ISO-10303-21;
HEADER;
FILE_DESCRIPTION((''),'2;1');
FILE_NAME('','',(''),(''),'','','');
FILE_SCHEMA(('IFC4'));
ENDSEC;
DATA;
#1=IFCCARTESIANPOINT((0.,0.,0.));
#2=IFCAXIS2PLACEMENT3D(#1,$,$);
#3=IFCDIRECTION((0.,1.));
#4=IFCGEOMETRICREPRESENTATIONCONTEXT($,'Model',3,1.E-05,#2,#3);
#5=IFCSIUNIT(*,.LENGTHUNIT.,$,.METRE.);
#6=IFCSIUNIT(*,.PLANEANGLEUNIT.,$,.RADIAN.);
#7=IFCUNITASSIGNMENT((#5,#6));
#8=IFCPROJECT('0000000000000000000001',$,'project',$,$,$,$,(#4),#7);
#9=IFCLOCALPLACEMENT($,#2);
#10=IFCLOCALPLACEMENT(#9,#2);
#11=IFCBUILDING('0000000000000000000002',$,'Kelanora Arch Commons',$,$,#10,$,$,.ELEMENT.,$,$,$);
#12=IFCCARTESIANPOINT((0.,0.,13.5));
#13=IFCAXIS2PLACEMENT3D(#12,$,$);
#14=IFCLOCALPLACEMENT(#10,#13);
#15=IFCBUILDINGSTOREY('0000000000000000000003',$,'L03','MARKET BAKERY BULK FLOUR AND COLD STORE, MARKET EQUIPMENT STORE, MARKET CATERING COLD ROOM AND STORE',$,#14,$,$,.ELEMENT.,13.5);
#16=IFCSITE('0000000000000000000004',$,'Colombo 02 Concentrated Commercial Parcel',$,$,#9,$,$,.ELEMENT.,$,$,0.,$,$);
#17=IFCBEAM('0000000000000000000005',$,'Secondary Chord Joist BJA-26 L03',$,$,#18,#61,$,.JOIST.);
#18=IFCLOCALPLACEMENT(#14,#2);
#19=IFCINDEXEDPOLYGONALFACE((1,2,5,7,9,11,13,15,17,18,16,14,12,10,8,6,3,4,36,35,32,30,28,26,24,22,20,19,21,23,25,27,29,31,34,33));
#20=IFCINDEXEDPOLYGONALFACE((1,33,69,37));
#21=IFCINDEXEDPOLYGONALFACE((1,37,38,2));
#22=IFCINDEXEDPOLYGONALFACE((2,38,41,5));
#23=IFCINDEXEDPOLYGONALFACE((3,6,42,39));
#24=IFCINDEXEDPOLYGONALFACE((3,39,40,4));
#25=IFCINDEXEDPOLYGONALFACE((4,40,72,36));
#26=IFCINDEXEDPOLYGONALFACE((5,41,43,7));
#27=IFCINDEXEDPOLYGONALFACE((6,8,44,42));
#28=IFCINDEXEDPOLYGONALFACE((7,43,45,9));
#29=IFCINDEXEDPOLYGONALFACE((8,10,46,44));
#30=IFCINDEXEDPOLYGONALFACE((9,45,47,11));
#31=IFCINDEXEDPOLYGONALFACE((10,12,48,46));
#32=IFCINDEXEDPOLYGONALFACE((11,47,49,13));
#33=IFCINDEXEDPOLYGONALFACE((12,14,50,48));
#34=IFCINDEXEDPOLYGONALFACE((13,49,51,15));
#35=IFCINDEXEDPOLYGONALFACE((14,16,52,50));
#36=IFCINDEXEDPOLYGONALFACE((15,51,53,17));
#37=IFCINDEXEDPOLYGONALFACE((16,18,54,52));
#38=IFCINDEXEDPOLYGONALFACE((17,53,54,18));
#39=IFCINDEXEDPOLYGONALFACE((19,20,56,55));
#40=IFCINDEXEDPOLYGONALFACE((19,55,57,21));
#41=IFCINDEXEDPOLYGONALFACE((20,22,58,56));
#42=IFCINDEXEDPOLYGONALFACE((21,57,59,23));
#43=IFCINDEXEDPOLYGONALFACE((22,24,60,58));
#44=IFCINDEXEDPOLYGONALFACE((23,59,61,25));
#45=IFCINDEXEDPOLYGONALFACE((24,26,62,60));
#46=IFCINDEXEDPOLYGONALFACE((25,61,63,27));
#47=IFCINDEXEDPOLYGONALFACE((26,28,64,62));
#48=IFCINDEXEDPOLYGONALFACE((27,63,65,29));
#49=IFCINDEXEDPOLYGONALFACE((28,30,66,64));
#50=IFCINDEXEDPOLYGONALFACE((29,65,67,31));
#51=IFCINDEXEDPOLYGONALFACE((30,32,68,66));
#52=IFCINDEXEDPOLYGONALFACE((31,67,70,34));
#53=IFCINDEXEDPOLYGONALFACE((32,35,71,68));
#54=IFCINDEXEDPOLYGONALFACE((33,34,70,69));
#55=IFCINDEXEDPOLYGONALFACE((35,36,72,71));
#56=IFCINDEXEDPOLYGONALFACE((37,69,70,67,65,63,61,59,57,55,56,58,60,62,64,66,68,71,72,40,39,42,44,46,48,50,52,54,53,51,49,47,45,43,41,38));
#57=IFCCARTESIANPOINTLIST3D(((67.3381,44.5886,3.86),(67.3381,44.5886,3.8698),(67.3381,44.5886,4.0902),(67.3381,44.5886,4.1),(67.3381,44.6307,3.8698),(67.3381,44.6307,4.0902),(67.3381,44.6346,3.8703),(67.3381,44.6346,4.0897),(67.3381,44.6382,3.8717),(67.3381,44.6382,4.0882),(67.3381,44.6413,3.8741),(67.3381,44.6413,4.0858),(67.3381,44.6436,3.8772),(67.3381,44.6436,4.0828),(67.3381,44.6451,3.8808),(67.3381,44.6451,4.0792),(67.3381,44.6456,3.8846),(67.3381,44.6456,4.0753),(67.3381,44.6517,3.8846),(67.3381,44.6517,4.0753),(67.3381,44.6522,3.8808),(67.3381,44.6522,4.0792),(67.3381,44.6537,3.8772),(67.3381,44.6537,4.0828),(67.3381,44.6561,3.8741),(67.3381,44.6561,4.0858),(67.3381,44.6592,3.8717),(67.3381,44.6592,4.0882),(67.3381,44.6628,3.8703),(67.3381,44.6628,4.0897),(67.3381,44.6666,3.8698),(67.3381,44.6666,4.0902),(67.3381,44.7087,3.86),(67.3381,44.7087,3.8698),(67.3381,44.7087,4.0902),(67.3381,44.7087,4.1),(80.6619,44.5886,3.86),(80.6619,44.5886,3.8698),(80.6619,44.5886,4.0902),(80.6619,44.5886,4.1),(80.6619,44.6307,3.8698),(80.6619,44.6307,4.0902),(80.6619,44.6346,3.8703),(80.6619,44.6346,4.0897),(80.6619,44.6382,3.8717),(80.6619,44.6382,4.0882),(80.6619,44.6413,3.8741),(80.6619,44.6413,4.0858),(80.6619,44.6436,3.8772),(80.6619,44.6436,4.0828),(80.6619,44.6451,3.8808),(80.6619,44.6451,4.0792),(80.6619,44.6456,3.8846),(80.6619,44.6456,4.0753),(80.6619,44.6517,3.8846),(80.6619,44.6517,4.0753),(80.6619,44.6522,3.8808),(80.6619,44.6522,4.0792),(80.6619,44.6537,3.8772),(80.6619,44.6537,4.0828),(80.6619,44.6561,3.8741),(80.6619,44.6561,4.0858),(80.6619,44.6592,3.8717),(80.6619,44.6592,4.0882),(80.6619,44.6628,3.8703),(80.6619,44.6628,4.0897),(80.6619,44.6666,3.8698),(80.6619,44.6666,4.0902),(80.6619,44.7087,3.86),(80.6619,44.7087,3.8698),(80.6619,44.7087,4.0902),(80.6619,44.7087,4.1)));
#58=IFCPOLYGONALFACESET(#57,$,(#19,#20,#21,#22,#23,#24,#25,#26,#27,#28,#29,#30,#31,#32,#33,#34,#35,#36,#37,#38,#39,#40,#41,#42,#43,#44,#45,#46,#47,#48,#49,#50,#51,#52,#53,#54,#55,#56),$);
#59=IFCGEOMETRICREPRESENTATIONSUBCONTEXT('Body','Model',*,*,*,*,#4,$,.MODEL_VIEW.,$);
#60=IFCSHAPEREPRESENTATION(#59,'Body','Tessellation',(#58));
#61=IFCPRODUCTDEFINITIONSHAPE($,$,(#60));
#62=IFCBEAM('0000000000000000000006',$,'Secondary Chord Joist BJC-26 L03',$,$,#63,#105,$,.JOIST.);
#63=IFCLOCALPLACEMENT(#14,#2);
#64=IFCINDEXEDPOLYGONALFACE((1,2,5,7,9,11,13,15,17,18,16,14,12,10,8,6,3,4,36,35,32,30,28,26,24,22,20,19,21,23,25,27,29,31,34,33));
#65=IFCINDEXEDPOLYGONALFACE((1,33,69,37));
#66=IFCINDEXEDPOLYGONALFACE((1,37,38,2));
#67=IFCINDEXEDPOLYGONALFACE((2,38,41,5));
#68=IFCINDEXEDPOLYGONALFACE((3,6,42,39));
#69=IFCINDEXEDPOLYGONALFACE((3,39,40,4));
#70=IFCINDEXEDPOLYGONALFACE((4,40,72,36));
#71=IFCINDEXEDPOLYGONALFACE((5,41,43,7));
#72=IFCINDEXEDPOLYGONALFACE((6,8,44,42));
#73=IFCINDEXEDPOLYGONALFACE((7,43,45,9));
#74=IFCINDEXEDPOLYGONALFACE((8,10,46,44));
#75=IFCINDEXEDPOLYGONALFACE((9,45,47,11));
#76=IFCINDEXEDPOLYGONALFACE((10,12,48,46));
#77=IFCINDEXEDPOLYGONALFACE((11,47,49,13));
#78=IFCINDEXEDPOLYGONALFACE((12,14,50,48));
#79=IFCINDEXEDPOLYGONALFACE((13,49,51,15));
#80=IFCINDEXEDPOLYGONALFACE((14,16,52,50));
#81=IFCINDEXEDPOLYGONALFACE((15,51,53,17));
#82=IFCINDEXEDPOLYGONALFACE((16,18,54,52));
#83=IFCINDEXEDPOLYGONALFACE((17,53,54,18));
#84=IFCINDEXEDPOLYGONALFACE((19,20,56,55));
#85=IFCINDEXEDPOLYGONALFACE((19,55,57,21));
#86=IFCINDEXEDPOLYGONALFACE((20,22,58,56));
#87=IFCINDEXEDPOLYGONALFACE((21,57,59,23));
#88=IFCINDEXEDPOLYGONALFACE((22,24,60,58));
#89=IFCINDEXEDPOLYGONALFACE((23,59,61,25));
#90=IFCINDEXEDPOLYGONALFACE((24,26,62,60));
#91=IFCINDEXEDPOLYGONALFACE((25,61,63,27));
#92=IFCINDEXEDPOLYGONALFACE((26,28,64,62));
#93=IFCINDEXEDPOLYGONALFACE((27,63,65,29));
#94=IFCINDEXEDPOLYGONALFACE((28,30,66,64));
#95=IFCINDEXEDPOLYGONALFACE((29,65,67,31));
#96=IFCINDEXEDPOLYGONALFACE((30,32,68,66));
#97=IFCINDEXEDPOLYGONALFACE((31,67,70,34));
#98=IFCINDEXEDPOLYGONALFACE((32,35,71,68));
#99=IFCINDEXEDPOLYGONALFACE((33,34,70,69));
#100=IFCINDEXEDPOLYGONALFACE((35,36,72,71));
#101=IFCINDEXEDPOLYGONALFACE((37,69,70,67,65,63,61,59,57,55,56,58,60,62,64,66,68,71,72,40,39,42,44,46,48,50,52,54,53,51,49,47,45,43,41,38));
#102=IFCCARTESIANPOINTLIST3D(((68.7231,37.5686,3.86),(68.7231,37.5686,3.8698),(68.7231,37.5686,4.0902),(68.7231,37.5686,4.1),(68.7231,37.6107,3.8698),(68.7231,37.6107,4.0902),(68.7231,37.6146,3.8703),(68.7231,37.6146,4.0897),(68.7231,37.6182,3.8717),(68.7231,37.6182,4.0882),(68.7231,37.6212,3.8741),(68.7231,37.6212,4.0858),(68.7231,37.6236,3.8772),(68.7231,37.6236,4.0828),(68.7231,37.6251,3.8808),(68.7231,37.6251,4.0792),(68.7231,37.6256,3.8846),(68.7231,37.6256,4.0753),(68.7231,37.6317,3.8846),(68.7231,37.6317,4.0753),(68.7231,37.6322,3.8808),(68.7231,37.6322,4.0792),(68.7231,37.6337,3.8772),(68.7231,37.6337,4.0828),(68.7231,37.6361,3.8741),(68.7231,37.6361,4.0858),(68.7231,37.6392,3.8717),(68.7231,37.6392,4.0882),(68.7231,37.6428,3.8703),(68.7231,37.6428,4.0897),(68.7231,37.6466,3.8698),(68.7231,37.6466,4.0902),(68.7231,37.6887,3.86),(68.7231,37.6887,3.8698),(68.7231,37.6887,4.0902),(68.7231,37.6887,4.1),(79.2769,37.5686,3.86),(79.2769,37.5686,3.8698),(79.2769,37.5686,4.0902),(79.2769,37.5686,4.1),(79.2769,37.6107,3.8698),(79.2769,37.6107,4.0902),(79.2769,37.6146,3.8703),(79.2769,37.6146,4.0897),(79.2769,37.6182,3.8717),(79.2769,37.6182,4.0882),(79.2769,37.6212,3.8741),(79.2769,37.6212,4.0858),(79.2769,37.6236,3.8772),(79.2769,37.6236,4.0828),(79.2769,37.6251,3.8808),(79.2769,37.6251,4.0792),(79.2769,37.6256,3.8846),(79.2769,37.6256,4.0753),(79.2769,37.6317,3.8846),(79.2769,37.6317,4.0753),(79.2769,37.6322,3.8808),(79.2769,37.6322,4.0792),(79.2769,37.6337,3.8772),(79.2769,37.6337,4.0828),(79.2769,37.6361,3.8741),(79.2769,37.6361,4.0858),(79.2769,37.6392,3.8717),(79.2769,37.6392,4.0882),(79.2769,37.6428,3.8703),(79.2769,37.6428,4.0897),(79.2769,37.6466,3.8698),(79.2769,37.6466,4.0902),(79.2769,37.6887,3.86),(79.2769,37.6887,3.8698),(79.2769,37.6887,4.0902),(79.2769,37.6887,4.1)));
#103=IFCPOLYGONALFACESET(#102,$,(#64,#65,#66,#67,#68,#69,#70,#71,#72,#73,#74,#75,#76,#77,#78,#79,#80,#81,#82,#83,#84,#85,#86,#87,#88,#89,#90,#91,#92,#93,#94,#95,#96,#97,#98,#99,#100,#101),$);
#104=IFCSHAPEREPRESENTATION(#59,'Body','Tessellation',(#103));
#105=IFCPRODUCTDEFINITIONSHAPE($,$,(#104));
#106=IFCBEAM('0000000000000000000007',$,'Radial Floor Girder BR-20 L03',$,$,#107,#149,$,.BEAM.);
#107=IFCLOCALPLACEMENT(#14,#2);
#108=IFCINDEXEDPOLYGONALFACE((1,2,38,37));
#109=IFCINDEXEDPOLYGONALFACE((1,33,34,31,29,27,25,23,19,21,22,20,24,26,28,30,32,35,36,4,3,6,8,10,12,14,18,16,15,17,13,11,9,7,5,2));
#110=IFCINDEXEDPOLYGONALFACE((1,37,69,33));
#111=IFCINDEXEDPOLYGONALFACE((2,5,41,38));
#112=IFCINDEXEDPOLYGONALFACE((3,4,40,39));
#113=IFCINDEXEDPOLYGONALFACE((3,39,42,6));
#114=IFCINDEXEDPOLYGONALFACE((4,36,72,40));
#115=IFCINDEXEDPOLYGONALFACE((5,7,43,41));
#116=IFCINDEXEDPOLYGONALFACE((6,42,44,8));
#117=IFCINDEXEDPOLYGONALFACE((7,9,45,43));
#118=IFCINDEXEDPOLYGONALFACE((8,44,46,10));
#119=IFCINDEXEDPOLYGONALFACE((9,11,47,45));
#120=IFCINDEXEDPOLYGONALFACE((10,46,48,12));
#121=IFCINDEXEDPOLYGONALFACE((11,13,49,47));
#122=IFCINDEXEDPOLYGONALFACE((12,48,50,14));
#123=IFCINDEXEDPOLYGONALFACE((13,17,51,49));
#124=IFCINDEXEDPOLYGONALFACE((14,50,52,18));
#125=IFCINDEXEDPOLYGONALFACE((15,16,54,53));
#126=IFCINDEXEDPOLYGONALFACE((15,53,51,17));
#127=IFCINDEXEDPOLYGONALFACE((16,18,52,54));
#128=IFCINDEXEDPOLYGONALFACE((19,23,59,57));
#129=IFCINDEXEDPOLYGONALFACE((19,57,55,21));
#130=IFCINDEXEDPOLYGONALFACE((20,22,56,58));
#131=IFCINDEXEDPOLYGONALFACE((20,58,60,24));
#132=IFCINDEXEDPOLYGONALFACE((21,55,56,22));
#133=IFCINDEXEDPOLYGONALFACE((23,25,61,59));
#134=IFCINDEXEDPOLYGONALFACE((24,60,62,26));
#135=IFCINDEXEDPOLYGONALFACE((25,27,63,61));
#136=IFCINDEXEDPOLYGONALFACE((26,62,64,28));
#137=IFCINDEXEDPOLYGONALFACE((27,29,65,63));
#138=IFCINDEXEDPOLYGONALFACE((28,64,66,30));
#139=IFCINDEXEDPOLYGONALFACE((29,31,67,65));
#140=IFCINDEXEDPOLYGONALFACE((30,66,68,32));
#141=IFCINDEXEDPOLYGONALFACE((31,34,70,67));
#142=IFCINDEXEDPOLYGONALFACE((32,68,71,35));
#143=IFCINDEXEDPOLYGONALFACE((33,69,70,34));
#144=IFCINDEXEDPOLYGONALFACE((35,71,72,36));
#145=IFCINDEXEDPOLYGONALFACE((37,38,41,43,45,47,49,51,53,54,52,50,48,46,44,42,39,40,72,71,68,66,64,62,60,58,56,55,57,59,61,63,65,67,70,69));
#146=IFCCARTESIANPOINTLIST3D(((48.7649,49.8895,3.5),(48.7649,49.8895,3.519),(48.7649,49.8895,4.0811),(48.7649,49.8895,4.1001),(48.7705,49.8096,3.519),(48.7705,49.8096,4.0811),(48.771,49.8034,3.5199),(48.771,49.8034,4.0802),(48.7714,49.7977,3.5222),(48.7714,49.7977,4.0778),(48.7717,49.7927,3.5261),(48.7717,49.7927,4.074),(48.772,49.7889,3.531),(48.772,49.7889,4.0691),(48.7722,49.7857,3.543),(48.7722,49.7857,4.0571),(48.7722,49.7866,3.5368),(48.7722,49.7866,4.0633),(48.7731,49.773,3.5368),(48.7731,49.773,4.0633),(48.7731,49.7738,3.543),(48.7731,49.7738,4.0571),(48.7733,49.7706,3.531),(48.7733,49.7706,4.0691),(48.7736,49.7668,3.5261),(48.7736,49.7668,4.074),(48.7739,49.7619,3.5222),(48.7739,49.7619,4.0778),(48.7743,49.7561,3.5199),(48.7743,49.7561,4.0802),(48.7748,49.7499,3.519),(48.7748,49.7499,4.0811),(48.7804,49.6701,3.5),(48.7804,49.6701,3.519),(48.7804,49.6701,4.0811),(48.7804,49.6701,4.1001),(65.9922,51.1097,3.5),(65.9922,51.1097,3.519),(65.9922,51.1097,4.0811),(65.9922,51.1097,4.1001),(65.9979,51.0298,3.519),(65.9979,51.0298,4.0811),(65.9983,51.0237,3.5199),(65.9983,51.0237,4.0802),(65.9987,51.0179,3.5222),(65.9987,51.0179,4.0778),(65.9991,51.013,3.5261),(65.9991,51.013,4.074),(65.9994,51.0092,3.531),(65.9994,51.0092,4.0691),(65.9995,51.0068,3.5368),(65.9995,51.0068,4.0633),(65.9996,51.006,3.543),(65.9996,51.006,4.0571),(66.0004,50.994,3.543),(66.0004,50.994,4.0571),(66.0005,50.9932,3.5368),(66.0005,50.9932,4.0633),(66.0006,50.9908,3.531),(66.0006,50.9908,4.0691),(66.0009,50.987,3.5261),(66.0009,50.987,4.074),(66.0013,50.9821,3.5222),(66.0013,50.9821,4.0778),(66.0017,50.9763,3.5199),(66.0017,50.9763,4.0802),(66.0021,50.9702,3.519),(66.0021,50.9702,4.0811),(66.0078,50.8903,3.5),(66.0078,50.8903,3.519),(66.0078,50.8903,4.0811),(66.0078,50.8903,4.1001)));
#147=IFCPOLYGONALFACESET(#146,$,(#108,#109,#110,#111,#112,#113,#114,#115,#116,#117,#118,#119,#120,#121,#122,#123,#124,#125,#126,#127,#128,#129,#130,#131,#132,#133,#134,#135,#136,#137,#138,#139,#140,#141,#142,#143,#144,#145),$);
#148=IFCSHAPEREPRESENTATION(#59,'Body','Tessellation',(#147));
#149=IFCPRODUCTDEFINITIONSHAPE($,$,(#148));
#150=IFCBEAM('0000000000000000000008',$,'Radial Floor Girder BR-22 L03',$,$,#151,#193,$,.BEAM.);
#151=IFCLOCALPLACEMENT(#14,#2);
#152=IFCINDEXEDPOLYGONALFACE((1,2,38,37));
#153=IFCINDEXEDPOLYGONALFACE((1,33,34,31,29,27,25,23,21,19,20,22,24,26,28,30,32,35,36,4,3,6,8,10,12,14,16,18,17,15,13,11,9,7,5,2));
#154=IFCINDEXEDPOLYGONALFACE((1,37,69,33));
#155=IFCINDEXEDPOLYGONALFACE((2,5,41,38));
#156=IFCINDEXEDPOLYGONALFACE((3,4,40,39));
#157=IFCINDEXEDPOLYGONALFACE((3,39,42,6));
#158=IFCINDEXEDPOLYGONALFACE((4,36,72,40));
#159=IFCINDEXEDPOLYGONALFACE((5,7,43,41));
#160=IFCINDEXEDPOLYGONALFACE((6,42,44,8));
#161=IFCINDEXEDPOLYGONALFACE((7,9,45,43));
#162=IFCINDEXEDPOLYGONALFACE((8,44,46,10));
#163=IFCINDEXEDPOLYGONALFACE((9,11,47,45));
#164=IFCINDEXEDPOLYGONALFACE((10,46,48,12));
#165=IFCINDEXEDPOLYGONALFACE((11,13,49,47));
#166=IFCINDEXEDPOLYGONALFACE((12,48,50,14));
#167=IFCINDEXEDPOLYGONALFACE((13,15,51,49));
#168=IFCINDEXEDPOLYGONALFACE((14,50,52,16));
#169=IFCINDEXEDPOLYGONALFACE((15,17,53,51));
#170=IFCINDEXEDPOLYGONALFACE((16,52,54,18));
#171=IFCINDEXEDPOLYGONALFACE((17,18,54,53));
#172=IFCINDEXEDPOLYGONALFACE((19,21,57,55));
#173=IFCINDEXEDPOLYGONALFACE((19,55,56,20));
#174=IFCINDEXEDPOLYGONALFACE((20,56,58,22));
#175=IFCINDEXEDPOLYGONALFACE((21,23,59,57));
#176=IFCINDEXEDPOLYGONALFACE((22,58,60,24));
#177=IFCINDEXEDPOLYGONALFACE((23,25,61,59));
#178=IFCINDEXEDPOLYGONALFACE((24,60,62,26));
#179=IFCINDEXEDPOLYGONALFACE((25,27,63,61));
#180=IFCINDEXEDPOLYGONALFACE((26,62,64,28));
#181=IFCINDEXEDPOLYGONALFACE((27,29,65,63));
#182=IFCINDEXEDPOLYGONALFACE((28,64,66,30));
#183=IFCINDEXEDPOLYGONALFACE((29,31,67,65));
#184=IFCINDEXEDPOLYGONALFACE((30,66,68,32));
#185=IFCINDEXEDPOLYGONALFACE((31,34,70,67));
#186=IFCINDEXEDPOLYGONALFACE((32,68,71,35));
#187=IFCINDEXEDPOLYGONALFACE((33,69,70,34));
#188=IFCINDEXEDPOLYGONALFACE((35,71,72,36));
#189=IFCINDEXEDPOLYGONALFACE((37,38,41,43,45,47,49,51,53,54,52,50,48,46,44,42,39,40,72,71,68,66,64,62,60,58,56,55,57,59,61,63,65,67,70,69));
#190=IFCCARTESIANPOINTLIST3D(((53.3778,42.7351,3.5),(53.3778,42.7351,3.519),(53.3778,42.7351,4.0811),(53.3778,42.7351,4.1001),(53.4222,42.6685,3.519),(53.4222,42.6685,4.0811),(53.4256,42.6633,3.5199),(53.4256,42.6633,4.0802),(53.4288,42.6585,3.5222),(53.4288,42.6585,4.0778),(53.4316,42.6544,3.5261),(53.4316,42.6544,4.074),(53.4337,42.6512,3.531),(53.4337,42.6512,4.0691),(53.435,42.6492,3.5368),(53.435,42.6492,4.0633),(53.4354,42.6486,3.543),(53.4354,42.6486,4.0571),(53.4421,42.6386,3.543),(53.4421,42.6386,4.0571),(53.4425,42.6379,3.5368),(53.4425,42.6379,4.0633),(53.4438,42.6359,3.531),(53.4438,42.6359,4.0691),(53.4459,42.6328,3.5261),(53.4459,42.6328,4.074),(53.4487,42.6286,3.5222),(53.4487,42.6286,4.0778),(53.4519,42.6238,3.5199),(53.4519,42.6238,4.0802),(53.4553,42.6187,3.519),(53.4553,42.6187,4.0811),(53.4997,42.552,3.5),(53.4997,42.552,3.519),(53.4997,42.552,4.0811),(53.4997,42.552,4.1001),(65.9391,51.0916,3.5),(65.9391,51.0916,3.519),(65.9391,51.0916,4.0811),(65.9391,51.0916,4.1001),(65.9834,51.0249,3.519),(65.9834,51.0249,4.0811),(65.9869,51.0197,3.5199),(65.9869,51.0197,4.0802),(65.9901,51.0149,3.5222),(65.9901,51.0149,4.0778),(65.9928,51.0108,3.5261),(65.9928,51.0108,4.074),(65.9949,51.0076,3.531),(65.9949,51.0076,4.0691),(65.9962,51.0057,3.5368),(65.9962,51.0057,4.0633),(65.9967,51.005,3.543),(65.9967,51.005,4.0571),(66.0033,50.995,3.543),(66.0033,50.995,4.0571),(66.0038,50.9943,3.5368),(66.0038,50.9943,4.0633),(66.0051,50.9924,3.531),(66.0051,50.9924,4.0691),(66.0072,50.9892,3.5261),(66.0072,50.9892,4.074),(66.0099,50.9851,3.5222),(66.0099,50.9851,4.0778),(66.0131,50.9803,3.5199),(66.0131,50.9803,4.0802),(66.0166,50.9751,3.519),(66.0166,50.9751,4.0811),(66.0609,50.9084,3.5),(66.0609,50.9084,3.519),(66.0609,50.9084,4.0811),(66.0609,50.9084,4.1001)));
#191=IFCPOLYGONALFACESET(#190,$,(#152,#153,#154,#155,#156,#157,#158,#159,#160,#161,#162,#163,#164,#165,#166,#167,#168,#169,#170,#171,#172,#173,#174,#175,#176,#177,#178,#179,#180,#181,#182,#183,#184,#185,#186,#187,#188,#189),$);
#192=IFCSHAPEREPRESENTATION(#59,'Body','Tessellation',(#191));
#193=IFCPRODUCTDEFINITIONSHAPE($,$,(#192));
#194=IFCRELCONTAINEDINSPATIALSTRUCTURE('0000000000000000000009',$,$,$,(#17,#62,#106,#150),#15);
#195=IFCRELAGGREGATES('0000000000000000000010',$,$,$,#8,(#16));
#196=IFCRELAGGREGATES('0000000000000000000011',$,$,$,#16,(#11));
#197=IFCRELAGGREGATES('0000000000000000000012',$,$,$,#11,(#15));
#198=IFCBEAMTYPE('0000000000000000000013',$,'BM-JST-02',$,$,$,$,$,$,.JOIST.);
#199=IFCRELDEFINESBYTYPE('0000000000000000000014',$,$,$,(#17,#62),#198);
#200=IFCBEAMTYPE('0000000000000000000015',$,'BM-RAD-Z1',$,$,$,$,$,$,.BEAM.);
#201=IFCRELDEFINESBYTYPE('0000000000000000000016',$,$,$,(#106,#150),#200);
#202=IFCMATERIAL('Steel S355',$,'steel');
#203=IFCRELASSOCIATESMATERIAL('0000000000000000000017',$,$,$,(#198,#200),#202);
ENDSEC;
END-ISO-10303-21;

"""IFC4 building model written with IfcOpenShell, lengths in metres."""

from ifc_helpers import new_model, si_unit, direction, frame, origin, origin_2d, place, context, subcontext, project, spatial, i_section, extrude, material, material_profile, profile_set, type_object, element, save


model = new_model("IFC4")

# Units and contexts
model_context = context("Model", 3, precision=1e-05, world=origin(), true_north=direction((0.0, 1.0)))
body_context = subcontext(model_context, "Body", "Model", "MODEL_VIEW")
ifc_project = project(units=[si_unit("LENGTHUNIT", "METRE"), si_unit("PLANEANGLEUNIT", "RADIAN")], contexts=[model_context])

# Site, building, storey
site_placement = place(None, origin())
site = spatial("IfcSite", under=ifc_project, at=site_placement, Name="Colombo 02 Concentrated Commercial Parcel", CompositionType="ELEMENT", RefElevation=0.0)
building_placement = place(site_placement, origin())
building = spatial("IfcBuilding", under=site, at=building_placement, Name="Kelanora Arch Commons", CompositionType="ELEMENT")
storey_placement = place(building_placement, frame((0.0, 0.0, 13.5)))
storey = spatial("IfcBuildingStorey", under=building, at=storey_placement, Name="L03", Description="MARKET BAKERY BULK FLOUR AND COLD STORE, MARKET EQUIPMENT STORE, MARKET CATERING COLD ROOM AND STORE", CompositionType="ELEMENT", Elevation=13.5)

# Beams
ifc_material_1 = material(Name="Steel S355", Category="steel")
ifc_material_profile_1 = material_profile(ifc_material_1, i_section(OverallWidth=0.1201, OverallDepth=0.24, WebThickness=0.0061, FlangeThickness=0.0098, FilletRadius=0.0149, at=origin_2d()), Name="IPE240")
ifc_profile_set_1 = profile_set([ifc_material_profile_1], Name="Steel S355")
beam_type_1 = type_object("IfcBeamType", Name="BM-JST-02", PredefinedType="JOIST", material=ifc_profile_set_1)
beam_1_placement = place(storey_placement, frame((67.3381, 44.6487, 3.98), z_axis=(1.0, 0.0, 0.0), x_axis=(0.0, 1.0, 0.0)))
element("IfcBeam", 1, at=beam_1_placement, inside=storey, type_object=beam_type_1, Name="Secondary Chord Joist BJA-26 L03", PredefinedType="JOIST", context=body_context, shape_type="SweptSolid", body=[
    extrude(i_section(OverallWidth=0.1201, OverallDepth=0.24, WebThickness=0.0061, FlangeThickness=0.0098, FilletRadius=0.0149, at=origin_2d()), origin(), (0.0, 0.0, 1.0), 13.3237),
])
beam_2_placement = place(storey_placement, frame((68.7231, 37.6287, 3.98), z_axis=(1.0, 0.0, 0.0), x_axis=(0.0, 1.0, 0.0)))
element("IfcBeam", 2, at=beam_2_placement, inside=storey, type_object=beam_type_1, Name="Secondary Chord Joist BJC-26 L03", PredefinedType="JOIST", context=body_context, shape_type="SweptSolid", body=[
    extrude(i_section(OverallWidth=0.1201, OverallDepth=0.24, WebThickness=0.0061, FlangeThickness=0.0098, FilletRadius=0.0149, at=origin_2d()), origin(), (0.0, 0.0, 1.0), 10.5537),
])
ifc_material_profile_2 = material_profile(ifc_material_1, i_section(OverallWidth=0.22, OverallDepth=0.6001, WebThickness=0.012, FlangeThickness=0.019, FilletRadius=0.0239, at=origin_2d()), Name="IPE600")
ifc_profile_set_2 = profile_set([ifc_material_profile_2], Name="Steel S355")
beam_type_2 = type_object("IfcBeamType", Name="BM-RAD-Z1", PredefinedType="BEAM", material=ifc_profile_set_2)
beam_3_placement = place(storey_placement, frame((66.0, 51.0, 3.8), z_axis=(-0.997501, -0.070653, 0.0), x_axis=(0.070653, -0.997501, 0.0)))
element("IfcBeam", 3, at=beam_3_placement, inside=storey, type_object=beam_type_2, Name="Radial Floor Girder BR-20 L03", PredefinedType="BEAM", context=body_context, shape_type="SweptSolid", body=[
    extrude(i_section(OverallWidth=0.22, OverallDepth=0.6001, WebThickness=0.012, FlangeThickness=0.019, FilletRadius=0.0239, at=origin_2d()), origin(), (0.0, 0.0, 1.0), 17.2705),
])
beam_4_placement = place(storey_placement, frame((66.0, 51.0, 3.8), z_axis=(-0.832593, -0.553886, 0.0), x_axis=(0.553886, -0.832593, 0.0)))
element("IfcBeam", 4, at=beam_4_placement, inside=storey, type_object=beam_type_2, Name="Radial Floor Girder BR-22 L03", PredefinedType="BEAM", context=body_context, shape_type="SweptSolid", body=[
    extrude(i_section(OverallWidth=0.22, OverallDepth=0.6001, WebThickness=0.012, FlangeThickness=0.019, FilletRadius=0.0239, at=origin_2d()), origin(), (0.0, 0.0, 1.0), 15.0869),
])

save(model, "model.ifc")
